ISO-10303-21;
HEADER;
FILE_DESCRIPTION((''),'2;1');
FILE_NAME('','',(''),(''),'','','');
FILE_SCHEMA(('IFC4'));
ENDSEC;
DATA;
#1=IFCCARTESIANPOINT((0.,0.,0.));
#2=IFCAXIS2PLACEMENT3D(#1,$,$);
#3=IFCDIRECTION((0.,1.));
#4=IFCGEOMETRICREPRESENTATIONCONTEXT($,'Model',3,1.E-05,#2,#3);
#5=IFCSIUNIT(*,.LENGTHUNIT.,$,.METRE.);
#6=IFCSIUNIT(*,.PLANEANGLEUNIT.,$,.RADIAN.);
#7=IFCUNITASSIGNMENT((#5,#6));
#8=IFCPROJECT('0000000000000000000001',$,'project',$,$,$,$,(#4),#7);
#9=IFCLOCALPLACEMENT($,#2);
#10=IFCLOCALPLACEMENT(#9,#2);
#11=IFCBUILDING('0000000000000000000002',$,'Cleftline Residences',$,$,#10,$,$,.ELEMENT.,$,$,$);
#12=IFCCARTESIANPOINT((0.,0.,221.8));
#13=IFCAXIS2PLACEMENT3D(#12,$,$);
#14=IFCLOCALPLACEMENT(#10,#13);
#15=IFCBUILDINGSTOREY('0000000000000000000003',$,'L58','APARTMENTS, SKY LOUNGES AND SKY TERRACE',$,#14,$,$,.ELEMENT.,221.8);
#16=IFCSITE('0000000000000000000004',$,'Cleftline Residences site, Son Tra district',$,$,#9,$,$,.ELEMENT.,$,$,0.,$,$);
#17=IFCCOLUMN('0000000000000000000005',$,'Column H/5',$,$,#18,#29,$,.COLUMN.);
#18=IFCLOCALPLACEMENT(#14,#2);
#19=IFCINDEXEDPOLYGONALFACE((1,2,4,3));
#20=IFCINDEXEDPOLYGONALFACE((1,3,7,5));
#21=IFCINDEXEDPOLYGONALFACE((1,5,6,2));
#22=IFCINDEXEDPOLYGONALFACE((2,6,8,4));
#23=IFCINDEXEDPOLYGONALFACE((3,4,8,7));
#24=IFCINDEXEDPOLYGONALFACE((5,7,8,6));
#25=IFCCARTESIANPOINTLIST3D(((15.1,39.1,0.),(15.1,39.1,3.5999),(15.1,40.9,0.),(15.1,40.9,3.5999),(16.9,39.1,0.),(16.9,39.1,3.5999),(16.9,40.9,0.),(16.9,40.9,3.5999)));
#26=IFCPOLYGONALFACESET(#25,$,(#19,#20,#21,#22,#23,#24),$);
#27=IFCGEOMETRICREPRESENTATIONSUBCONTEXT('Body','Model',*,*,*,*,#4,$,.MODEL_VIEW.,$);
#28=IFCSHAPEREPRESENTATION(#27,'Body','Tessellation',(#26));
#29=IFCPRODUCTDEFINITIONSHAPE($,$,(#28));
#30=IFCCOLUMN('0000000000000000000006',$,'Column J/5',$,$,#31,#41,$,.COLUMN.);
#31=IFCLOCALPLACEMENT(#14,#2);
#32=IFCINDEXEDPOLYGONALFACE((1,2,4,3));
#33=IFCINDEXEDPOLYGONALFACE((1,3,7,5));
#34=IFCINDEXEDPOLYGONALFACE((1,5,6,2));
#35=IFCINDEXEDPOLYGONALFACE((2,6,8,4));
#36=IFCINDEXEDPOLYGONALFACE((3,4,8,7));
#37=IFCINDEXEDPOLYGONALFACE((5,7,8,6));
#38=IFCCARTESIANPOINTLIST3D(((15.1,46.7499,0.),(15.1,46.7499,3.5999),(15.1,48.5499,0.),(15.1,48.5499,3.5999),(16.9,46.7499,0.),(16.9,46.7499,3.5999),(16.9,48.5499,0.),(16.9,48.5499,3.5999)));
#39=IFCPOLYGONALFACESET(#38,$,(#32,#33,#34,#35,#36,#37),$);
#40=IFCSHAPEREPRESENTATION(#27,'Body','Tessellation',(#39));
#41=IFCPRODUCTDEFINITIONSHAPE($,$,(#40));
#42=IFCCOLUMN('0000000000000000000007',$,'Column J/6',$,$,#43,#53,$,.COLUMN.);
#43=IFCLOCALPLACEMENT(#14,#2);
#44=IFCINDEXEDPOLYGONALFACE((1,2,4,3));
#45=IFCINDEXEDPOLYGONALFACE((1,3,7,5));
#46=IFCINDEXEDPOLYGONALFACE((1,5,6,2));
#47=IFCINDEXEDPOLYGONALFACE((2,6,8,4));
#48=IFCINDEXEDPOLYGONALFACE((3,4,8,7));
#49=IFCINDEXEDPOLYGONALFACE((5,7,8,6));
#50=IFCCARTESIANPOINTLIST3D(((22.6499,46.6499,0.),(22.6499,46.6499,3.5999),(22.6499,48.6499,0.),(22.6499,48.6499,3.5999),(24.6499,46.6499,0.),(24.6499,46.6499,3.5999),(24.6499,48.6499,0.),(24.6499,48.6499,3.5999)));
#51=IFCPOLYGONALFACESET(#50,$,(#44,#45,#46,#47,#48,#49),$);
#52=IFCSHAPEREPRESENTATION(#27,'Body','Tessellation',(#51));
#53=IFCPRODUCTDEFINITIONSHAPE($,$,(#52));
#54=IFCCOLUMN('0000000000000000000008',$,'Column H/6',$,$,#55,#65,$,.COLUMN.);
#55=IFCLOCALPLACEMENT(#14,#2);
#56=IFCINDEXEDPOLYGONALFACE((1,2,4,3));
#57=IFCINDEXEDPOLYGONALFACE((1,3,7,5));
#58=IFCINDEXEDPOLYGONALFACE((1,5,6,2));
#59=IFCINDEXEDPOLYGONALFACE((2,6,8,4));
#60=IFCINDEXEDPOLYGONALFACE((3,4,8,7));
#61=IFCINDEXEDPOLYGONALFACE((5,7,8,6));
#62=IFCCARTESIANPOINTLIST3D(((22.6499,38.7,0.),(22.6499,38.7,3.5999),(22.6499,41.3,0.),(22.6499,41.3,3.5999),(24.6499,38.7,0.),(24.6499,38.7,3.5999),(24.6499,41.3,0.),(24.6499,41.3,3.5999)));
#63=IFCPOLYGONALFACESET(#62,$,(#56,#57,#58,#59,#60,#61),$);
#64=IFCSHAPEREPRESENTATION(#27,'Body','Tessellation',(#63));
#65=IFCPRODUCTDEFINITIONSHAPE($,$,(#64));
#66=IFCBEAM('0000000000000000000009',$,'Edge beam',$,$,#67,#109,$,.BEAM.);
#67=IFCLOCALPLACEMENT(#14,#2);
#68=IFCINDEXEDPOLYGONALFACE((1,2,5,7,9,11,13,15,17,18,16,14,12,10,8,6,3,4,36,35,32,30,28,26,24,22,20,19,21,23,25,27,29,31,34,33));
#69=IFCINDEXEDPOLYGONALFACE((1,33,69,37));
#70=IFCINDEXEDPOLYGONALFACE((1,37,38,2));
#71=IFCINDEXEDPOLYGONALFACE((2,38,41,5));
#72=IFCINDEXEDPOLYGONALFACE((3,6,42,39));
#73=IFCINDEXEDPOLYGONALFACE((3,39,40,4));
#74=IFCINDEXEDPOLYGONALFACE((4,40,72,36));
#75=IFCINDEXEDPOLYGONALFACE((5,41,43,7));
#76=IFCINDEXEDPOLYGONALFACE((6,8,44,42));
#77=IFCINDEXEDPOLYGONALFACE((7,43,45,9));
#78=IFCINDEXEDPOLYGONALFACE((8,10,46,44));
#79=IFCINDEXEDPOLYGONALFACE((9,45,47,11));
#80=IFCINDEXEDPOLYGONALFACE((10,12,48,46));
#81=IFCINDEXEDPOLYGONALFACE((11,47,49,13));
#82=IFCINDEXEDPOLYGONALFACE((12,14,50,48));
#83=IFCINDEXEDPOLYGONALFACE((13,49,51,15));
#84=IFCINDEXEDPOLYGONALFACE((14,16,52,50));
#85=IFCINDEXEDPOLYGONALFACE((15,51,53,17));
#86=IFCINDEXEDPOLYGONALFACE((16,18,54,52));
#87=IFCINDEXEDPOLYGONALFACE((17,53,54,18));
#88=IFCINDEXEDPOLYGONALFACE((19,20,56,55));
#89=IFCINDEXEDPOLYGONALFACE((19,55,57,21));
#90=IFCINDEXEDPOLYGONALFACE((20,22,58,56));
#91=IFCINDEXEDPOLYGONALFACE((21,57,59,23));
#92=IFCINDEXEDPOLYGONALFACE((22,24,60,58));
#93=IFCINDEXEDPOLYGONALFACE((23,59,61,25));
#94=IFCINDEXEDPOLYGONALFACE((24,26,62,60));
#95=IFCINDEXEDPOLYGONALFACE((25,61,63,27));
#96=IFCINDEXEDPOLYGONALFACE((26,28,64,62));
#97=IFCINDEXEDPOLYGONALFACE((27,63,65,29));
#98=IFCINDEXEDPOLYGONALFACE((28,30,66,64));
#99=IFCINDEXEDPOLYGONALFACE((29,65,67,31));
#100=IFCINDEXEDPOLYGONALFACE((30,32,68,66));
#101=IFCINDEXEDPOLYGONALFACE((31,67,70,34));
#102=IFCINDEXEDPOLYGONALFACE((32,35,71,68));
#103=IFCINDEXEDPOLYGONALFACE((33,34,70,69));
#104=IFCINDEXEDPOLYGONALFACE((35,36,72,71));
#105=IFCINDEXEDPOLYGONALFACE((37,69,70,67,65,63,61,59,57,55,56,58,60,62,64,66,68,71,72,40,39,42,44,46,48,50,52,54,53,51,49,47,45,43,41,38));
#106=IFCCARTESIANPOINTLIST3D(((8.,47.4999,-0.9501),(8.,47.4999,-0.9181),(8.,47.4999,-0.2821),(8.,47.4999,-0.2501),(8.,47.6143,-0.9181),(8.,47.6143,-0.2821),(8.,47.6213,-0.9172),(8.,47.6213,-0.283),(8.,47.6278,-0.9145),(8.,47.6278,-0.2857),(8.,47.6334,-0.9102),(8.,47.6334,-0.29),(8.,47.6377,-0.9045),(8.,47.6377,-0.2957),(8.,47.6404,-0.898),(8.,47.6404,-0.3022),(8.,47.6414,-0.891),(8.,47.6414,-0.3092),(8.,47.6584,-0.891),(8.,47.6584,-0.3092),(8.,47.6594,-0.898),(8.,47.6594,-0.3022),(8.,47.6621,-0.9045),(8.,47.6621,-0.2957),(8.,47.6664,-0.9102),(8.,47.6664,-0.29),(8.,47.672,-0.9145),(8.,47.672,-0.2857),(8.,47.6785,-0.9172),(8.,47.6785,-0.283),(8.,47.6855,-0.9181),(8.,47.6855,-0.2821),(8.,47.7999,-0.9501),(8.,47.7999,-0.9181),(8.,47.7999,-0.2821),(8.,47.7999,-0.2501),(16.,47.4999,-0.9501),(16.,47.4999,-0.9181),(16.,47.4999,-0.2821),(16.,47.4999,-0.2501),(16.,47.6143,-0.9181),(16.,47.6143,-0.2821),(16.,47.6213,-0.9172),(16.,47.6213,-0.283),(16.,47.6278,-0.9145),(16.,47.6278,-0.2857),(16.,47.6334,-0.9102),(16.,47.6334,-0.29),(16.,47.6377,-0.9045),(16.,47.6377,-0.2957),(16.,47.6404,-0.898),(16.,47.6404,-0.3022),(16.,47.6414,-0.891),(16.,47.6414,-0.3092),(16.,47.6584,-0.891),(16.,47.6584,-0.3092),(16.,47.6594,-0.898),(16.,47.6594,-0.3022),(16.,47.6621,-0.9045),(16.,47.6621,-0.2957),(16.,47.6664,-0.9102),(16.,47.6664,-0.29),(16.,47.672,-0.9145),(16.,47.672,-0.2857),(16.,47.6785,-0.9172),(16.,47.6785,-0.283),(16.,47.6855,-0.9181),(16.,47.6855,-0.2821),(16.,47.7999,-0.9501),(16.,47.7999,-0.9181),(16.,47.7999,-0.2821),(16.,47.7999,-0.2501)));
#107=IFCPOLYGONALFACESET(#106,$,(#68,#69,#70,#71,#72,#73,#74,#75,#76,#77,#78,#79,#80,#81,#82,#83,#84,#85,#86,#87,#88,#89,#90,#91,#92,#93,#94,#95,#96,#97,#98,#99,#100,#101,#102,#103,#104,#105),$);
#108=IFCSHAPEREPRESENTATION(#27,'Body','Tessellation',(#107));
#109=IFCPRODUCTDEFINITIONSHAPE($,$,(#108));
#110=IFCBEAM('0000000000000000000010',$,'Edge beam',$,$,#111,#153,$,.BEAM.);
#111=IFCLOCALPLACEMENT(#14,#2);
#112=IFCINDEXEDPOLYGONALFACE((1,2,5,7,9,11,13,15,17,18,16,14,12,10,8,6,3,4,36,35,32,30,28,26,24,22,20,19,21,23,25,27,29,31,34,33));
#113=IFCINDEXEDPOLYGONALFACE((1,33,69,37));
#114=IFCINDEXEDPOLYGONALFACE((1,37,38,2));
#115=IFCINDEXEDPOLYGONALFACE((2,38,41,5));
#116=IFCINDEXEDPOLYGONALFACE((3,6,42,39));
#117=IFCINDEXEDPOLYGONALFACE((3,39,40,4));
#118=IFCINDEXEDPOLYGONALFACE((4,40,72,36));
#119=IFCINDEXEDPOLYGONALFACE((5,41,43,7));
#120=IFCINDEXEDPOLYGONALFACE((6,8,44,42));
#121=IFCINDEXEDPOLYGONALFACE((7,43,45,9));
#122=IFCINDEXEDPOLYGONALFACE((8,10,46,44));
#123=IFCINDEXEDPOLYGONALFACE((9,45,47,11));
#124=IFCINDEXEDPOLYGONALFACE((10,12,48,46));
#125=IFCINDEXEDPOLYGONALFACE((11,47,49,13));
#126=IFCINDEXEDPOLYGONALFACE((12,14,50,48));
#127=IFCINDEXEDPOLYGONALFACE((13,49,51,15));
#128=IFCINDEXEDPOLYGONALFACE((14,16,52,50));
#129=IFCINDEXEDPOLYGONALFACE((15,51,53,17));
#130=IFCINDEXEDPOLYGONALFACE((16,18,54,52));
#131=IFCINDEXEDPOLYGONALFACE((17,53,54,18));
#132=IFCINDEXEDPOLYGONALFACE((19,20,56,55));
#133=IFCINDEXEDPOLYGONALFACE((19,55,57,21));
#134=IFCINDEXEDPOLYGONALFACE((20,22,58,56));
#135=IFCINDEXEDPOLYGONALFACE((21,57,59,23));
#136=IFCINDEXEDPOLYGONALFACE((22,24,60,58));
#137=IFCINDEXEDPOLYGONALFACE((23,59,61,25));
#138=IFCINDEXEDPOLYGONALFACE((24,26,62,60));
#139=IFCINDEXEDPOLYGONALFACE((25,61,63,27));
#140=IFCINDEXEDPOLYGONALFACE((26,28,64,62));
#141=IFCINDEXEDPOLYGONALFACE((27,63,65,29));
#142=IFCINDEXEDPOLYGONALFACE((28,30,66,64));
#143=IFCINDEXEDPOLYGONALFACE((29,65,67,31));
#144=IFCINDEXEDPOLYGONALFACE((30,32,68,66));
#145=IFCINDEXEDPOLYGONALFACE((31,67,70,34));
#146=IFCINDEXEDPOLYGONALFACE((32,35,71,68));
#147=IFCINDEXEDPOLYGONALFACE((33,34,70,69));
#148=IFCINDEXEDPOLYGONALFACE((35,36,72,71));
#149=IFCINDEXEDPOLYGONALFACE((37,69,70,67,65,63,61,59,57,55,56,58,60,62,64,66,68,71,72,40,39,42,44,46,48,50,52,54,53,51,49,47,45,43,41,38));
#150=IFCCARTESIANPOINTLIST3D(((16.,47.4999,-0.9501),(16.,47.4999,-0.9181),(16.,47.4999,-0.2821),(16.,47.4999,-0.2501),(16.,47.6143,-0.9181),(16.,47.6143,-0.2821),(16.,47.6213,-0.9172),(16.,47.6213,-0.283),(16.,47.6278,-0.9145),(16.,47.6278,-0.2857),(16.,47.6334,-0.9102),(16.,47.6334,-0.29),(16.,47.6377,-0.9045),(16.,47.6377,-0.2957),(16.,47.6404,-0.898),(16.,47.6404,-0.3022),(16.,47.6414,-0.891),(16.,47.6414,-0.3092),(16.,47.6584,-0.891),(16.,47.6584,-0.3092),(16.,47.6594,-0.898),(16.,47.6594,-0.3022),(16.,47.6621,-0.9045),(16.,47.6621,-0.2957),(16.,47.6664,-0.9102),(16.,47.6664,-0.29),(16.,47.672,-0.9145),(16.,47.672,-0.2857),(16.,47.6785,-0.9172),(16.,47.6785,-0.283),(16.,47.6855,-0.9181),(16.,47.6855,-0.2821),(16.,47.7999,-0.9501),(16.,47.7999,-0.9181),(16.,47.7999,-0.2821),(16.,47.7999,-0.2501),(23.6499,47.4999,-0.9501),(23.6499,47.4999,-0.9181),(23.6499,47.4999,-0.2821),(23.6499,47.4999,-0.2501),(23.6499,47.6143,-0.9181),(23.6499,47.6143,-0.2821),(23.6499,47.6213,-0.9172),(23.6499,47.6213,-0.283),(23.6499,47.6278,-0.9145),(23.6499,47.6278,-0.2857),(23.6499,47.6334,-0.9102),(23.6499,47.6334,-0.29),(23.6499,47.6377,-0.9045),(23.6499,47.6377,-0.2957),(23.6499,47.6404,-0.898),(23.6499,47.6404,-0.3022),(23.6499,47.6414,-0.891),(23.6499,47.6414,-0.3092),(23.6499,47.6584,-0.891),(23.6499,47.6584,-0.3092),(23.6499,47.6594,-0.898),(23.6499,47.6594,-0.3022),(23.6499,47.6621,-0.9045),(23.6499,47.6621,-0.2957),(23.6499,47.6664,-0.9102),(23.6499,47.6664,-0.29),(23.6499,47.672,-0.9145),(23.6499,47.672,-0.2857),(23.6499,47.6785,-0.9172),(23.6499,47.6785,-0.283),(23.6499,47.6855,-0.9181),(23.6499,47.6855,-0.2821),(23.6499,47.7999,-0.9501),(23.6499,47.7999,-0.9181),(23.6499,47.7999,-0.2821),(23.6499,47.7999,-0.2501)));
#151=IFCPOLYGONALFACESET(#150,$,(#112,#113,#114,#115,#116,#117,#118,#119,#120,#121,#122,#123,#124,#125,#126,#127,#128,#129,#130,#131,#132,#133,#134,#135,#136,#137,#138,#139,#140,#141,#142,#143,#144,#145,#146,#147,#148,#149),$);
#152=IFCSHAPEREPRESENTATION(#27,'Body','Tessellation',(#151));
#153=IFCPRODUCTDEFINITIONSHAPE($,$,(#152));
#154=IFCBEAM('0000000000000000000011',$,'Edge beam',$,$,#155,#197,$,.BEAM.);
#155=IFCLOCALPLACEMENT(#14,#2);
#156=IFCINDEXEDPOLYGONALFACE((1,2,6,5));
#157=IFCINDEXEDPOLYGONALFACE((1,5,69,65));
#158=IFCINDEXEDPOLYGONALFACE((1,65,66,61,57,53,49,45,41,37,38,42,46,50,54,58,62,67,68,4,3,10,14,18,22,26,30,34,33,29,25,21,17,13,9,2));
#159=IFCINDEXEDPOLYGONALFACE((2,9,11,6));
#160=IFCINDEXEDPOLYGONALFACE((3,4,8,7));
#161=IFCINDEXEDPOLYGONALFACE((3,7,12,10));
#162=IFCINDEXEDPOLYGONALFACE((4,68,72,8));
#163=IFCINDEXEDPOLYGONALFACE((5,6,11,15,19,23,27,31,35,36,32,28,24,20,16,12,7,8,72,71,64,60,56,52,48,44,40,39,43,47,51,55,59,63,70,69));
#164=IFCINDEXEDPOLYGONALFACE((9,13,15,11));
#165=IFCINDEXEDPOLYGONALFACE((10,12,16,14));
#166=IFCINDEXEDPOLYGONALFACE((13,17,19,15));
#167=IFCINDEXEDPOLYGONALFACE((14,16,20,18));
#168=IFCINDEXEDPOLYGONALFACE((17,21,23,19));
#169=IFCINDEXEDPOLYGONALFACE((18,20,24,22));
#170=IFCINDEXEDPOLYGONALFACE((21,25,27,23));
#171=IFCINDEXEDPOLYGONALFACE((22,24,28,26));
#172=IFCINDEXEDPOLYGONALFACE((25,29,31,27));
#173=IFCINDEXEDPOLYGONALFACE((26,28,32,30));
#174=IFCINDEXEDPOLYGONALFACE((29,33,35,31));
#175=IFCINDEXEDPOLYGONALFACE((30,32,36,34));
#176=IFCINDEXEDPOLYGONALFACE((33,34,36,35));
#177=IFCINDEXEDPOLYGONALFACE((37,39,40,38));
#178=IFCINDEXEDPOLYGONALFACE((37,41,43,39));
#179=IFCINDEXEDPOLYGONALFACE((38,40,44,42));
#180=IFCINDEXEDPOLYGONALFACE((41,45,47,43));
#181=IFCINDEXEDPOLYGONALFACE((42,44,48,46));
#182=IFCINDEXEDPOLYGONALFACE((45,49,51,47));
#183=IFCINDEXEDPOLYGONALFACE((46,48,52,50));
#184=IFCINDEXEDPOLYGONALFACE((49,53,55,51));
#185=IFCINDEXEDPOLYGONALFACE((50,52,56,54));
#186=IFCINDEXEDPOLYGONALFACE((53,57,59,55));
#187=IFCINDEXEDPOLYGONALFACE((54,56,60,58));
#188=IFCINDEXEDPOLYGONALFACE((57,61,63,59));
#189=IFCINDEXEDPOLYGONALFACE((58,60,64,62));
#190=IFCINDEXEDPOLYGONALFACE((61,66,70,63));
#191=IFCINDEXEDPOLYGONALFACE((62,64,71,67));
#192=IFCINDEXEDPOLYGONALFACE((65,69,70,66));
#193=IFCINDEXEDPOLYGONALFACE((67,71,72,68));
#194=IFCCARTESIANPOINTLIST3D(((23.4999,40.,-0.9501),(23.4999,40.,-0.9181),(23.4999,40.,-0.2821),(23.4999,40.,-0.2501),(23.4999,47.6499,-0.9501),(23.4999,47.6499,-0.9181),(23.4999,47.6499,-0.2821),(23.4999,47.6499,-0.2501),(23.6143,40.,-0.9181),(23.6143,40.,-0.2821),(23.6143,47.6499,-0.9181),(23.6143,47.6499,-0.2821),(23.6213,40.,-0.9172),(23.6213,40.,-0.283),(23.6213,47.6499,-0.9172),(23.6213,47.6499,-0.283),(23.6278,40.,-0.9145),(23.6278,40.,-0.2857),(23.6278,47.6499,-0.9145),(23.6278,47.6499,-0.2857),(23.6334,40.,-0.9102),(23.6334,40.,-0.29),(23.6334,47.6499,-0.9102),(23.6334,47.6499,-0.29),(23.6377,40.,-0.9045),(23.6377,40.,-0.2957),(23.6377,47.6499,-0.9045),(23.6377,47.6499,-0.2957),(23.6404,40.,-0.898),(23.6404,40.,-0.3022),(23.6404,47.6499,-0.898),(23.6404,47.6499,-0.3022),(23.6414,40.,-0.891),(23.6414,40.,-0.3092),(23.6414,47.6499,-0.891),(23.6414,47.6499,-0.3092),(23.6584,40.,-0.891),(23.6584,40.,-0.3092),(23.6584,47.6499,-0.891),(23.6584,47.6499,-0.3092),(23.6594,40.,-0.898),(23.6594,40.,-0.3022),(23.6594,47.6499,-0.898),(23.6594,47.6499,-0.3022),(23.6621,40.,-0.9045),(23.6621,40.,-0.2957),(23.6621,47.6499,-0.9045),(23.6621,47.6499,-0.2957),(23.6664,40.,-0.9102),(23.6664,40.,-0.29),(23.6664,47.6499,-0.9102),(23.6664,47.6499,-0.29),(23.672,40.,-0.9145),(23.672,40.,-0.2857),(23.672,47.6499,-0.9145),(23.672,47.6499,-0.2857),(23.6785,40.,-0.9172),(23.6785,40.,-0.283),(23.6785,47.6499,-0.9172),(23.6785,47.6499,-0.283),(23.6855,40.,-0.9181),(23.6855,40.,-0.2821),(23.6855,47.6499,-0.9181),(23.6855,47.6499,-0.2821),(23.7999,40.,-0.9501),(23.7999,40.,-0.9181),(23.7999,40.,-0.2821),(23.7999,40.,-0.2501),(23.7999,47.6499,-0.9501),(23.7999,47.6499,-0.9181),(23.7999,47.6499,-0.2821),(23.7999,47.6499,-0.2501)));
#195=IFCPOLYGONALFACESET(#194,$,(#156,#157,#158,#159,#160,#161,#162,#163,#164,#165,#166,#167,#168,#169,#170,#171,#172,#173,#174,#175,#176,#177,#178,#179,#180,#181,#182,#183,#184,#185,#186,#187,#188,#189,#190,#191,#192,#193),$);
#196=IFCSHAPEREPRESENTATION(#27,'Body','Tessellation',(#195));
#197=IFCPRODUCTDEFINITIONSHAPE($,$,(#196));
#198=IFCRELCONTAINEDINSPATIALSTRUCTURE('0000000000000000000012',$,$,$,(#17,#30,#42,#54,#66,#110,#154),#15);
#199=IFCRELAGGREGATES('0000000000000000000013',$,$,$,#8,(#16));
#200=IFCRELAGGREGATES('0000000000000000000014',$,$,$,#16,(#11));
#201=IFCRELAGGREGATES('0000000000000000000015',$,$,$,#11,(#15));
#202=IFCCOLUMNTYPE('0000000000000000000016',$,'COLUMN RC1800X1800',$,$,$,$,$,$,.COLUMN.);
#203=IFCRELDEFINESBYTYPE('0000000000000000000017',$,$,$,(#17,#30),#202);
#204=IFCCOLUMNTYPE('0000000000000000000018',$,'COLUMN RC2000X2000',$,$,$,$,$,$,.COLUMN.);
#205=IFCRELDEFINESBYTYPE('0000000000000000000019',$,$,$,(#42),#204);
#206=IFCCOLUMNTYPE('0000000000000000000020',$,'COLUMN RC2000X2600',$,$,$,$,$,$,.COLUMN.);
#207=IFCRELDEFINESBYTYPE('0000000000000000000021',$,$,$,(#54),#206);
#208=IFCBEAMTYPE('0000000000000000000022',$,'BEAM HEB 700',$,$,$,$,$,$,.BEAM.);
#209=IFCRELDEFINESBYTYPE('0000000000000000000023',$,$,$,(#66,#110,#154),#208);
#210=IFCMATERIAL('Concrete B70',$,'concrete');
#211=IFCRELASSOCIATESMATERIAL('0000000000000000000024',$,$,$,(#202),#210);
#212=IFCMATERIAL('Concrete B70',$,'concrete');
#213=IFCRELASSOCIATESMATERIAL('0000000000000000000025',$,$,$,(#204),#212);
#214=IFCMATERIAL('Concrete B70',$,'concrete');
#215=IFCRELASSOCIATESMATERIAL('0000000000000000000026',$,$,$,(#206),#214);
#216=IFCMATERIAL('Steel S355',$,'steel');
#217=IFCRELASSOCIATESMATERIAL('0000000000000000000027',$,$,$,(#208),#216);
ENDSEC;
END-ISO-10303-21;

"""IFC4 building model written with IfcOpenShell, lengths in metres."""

from ifc_helpers import new_model, si_unit, direction, frame, origin, origin_2d, place, context, subcontext, project, spatial, rectangle, i_section, extrude, material, material_profile, profile_set, type_object, element, save


model = new_model("IFC4")

# Units and contexts
model_context = context("Model", 3, precision=1e-05, world=origin(), true_north=direction((0.0, 1.0)))
body_context = subcontext(model_context, "Body", "Model", "MODEL_VIEW")
ifc_project = project(units=[si_unit("LENGTHUNIT", "METRE"), si_unit("PLANEANGLEUNIT", "RADIAN")], contexts=[model_context])

# Site, building, storey
site_placement = place(None, origin())
site = spatial("IfcSite", under=ifc_project, at=site_placement, Name="Cleftline Residences site, Son Tra district", CompositionType="ELEMENT", RefElevation=0.0)
building_placement = place(site_placement, origin())
building = spatial("IfcBuilding", under=site, at=building_placement, Name="Cleftline Residences", CompositionType="ELEMENT")
storey_placement = place(building_placement, frame((0.0, 0.0, 221.8)))
storey = spatial("IfcBuildingStorey", under=building, at=storey_placement, Name="L58", Description="APARTMENTS, SKY LOUNGES AND SKY TERRACE", CompositionType="ELEMENT", Elevation=221.8)

# Columns
ifc_material_1 = material(Name="Concrete B70", Category="concrete")
ifc_material_profile_1 = material_profile(ifc_material_1, rectangle(XDim=1.8, YDim=1.8, at=origin_2d()))
ifc_profile_set_1 = profile_set([ifc_material_profile_1], Name="Concrete B70")
column_type_1 = type_object("IfcColumnType", Name="COLUMN RC1800X1800", PredefinedType="COLUMN", material=ifc_profile_set_1)
for number, where, z_axis, x_axis, name in (
    (1, (16.0, 40.0, 0.0), (0.0, 0.0, 1.0), (1.0, 0.0, 0.0), "Column H/5"),
    (2, (16.0, 47.6499, 0.0), (0.0, 0.0, 1.0), (1.0, 0.0, 0.0), "Column J/5"),
):
    element("IfcColumn", number, at=place(storey_placement, frame(where, z_axis=z_axis, x_axis=x_axis)), inside=storey, type_object=column_type_1, Name=name, PredefinedType="COLUMN", context=body_context, shape_type="SweptSolid", body=[
        extrude(rectangle(XDim=1.8, YDim=1.8, at=origin_2d()), origin(), (0.0, 0.0, 1.0), 3.5999),
    ])
ifc_material_2 = material(Name="Concrete B70", Category="concrete")
ifc_material_profile_2 = material_profile(ifc_material_2, rectangle(XDim=2.0, YDim=2.0, at=origin_2d()))
ifc_profile_set_2 = profile_set([ifc_material_profile_2], Name="Concrete B70")
column_type_2 = type_object("IfcColumnType", Name="COLUMN RC2000X2000", PredefinedType="COLUMN", material=ifc_profile_set_2)
column_1_placement = place(storey_placement, frame((23.6499, 47.6499, 0.0), z_axis=(0.0, 0.0, 1.0), x_axis=(1.0, 0.0, 0.0)))
element("IfcColumn", 3, at=column_1_placement, inside=storey, type_object=column_type_2, Name="Column J/6", PredefinedType="COLUMN", context=body_context, shape_type="SweptSolid", body=[
    extrude(rectangle(XDim=2.0, YDim=2.0, at=origin_2d()), origin(), (0.0, 0.0, 1.0), 3.5999),
])
ifc_material_3 = material(Name="Concrete B70", Category="concrete")
ifc_material_profile_3 = material_profile(ifc_material_3, rectangle(XDim=2.0, YDim=2.6001, at=origin_2d()))
ifc_profile_set_3 = profile_set([ifc_material_profile_3], Name="Concrete B70")
column_type_3 = type_object("IfcColumnType", Name="COLUMN RC2000X2600", PredefinedType="COLUMN", material=ifc_profile_set_3)
column_2_placement = place(storey_placement, frame((23.6499, 40.0, 0.0), z_axis=(0.0, 0.0, 1.0), x_axis=(1.0, 0.0, 0.0)))
element("IfcColumn", 4, at=column_2_placement, inside=storey, type_object=column_type_3, Name="Column H/6", PredefinedType="COLUMN", context=body_context, shape_type="SweptSolid", body=[
    extrude(rectangle(XDim=2.0, YDim=2.6001, at=origin_2d()), origin(), (0.0, 0.0, 1.0), 3.5999),
])

# Beams
ifc_material_4 = material(Name="Steel S355", Category="steel")
ifc_material_profile_4 = material_profile(ifc_material_4, i_section(OverallWidth=0.3, OverallDepth=0.7, WebThickness=0.0171, FlangeThickness=0.032, FilletRadius=0.0271, at=origin_2d()))
ifc_profile_set_4 = profile_set([ifc_material_profile_4], Name="Steel S355")
beam_type = type_object("IfcBeamType", Name="BEAM HEB 700", PredefinedType="BEAM", material=ifc_profile_set_4)
beam_placement = place(storey_placement, frame((8.0, 47.6499, -0.6001), z_axis=(1.0, 0.0, 0.0), x_axis=(0.0, 1.0, 0.0)))
element("IfcBeam", 5, at=beam_placement, inside=storey, type_object=beam_type, Name="Edge beam", PredefinedType="BEAM", context=body_context, shape_type="SweptSolid", body=[
    extrude(i_section(OverallWidth=0.3, OverallDepth=0.7, WebThickness=0.0171, FlangeThickness=0.032, FilletRadius=0.0271, at=origin_2d()), origin(), (0.0, 0.0, 1.0), 8.0),
])
for number, where, z_axis, x_axis, name in (
    (6, (16.0, 47.6499, -0.6001), (1.0, 0.0, 0.0), (0.0, 1.0, 0.0), "Edge beam"),
    (7, (23.6499, 47.6499, -0.6001), (0.0, -1.0, 0.0), (1.0, 0.0, 0.0), "Edge beam"),
):
    element("IfcBeam", number, at=place(storey_placement, frame(where, z_axis=z_axis, x_axis=x_axis)), inside=storey, type_object=beam_type, Name=name, PredefinedType="BEAM", context=body_context, shape_type="SweptSolid", body=[
        extrude(i_section(OverallWidth=0.3, OverallDepth=0.7, WebThickness=0.0171, FlangeThickness=0.032, FilletRadius=0.0271, at=origin_2d()), origin(), (0.0, 0.0, 1.0), 7.6499),
    ])

save(model, "model.ifc")
